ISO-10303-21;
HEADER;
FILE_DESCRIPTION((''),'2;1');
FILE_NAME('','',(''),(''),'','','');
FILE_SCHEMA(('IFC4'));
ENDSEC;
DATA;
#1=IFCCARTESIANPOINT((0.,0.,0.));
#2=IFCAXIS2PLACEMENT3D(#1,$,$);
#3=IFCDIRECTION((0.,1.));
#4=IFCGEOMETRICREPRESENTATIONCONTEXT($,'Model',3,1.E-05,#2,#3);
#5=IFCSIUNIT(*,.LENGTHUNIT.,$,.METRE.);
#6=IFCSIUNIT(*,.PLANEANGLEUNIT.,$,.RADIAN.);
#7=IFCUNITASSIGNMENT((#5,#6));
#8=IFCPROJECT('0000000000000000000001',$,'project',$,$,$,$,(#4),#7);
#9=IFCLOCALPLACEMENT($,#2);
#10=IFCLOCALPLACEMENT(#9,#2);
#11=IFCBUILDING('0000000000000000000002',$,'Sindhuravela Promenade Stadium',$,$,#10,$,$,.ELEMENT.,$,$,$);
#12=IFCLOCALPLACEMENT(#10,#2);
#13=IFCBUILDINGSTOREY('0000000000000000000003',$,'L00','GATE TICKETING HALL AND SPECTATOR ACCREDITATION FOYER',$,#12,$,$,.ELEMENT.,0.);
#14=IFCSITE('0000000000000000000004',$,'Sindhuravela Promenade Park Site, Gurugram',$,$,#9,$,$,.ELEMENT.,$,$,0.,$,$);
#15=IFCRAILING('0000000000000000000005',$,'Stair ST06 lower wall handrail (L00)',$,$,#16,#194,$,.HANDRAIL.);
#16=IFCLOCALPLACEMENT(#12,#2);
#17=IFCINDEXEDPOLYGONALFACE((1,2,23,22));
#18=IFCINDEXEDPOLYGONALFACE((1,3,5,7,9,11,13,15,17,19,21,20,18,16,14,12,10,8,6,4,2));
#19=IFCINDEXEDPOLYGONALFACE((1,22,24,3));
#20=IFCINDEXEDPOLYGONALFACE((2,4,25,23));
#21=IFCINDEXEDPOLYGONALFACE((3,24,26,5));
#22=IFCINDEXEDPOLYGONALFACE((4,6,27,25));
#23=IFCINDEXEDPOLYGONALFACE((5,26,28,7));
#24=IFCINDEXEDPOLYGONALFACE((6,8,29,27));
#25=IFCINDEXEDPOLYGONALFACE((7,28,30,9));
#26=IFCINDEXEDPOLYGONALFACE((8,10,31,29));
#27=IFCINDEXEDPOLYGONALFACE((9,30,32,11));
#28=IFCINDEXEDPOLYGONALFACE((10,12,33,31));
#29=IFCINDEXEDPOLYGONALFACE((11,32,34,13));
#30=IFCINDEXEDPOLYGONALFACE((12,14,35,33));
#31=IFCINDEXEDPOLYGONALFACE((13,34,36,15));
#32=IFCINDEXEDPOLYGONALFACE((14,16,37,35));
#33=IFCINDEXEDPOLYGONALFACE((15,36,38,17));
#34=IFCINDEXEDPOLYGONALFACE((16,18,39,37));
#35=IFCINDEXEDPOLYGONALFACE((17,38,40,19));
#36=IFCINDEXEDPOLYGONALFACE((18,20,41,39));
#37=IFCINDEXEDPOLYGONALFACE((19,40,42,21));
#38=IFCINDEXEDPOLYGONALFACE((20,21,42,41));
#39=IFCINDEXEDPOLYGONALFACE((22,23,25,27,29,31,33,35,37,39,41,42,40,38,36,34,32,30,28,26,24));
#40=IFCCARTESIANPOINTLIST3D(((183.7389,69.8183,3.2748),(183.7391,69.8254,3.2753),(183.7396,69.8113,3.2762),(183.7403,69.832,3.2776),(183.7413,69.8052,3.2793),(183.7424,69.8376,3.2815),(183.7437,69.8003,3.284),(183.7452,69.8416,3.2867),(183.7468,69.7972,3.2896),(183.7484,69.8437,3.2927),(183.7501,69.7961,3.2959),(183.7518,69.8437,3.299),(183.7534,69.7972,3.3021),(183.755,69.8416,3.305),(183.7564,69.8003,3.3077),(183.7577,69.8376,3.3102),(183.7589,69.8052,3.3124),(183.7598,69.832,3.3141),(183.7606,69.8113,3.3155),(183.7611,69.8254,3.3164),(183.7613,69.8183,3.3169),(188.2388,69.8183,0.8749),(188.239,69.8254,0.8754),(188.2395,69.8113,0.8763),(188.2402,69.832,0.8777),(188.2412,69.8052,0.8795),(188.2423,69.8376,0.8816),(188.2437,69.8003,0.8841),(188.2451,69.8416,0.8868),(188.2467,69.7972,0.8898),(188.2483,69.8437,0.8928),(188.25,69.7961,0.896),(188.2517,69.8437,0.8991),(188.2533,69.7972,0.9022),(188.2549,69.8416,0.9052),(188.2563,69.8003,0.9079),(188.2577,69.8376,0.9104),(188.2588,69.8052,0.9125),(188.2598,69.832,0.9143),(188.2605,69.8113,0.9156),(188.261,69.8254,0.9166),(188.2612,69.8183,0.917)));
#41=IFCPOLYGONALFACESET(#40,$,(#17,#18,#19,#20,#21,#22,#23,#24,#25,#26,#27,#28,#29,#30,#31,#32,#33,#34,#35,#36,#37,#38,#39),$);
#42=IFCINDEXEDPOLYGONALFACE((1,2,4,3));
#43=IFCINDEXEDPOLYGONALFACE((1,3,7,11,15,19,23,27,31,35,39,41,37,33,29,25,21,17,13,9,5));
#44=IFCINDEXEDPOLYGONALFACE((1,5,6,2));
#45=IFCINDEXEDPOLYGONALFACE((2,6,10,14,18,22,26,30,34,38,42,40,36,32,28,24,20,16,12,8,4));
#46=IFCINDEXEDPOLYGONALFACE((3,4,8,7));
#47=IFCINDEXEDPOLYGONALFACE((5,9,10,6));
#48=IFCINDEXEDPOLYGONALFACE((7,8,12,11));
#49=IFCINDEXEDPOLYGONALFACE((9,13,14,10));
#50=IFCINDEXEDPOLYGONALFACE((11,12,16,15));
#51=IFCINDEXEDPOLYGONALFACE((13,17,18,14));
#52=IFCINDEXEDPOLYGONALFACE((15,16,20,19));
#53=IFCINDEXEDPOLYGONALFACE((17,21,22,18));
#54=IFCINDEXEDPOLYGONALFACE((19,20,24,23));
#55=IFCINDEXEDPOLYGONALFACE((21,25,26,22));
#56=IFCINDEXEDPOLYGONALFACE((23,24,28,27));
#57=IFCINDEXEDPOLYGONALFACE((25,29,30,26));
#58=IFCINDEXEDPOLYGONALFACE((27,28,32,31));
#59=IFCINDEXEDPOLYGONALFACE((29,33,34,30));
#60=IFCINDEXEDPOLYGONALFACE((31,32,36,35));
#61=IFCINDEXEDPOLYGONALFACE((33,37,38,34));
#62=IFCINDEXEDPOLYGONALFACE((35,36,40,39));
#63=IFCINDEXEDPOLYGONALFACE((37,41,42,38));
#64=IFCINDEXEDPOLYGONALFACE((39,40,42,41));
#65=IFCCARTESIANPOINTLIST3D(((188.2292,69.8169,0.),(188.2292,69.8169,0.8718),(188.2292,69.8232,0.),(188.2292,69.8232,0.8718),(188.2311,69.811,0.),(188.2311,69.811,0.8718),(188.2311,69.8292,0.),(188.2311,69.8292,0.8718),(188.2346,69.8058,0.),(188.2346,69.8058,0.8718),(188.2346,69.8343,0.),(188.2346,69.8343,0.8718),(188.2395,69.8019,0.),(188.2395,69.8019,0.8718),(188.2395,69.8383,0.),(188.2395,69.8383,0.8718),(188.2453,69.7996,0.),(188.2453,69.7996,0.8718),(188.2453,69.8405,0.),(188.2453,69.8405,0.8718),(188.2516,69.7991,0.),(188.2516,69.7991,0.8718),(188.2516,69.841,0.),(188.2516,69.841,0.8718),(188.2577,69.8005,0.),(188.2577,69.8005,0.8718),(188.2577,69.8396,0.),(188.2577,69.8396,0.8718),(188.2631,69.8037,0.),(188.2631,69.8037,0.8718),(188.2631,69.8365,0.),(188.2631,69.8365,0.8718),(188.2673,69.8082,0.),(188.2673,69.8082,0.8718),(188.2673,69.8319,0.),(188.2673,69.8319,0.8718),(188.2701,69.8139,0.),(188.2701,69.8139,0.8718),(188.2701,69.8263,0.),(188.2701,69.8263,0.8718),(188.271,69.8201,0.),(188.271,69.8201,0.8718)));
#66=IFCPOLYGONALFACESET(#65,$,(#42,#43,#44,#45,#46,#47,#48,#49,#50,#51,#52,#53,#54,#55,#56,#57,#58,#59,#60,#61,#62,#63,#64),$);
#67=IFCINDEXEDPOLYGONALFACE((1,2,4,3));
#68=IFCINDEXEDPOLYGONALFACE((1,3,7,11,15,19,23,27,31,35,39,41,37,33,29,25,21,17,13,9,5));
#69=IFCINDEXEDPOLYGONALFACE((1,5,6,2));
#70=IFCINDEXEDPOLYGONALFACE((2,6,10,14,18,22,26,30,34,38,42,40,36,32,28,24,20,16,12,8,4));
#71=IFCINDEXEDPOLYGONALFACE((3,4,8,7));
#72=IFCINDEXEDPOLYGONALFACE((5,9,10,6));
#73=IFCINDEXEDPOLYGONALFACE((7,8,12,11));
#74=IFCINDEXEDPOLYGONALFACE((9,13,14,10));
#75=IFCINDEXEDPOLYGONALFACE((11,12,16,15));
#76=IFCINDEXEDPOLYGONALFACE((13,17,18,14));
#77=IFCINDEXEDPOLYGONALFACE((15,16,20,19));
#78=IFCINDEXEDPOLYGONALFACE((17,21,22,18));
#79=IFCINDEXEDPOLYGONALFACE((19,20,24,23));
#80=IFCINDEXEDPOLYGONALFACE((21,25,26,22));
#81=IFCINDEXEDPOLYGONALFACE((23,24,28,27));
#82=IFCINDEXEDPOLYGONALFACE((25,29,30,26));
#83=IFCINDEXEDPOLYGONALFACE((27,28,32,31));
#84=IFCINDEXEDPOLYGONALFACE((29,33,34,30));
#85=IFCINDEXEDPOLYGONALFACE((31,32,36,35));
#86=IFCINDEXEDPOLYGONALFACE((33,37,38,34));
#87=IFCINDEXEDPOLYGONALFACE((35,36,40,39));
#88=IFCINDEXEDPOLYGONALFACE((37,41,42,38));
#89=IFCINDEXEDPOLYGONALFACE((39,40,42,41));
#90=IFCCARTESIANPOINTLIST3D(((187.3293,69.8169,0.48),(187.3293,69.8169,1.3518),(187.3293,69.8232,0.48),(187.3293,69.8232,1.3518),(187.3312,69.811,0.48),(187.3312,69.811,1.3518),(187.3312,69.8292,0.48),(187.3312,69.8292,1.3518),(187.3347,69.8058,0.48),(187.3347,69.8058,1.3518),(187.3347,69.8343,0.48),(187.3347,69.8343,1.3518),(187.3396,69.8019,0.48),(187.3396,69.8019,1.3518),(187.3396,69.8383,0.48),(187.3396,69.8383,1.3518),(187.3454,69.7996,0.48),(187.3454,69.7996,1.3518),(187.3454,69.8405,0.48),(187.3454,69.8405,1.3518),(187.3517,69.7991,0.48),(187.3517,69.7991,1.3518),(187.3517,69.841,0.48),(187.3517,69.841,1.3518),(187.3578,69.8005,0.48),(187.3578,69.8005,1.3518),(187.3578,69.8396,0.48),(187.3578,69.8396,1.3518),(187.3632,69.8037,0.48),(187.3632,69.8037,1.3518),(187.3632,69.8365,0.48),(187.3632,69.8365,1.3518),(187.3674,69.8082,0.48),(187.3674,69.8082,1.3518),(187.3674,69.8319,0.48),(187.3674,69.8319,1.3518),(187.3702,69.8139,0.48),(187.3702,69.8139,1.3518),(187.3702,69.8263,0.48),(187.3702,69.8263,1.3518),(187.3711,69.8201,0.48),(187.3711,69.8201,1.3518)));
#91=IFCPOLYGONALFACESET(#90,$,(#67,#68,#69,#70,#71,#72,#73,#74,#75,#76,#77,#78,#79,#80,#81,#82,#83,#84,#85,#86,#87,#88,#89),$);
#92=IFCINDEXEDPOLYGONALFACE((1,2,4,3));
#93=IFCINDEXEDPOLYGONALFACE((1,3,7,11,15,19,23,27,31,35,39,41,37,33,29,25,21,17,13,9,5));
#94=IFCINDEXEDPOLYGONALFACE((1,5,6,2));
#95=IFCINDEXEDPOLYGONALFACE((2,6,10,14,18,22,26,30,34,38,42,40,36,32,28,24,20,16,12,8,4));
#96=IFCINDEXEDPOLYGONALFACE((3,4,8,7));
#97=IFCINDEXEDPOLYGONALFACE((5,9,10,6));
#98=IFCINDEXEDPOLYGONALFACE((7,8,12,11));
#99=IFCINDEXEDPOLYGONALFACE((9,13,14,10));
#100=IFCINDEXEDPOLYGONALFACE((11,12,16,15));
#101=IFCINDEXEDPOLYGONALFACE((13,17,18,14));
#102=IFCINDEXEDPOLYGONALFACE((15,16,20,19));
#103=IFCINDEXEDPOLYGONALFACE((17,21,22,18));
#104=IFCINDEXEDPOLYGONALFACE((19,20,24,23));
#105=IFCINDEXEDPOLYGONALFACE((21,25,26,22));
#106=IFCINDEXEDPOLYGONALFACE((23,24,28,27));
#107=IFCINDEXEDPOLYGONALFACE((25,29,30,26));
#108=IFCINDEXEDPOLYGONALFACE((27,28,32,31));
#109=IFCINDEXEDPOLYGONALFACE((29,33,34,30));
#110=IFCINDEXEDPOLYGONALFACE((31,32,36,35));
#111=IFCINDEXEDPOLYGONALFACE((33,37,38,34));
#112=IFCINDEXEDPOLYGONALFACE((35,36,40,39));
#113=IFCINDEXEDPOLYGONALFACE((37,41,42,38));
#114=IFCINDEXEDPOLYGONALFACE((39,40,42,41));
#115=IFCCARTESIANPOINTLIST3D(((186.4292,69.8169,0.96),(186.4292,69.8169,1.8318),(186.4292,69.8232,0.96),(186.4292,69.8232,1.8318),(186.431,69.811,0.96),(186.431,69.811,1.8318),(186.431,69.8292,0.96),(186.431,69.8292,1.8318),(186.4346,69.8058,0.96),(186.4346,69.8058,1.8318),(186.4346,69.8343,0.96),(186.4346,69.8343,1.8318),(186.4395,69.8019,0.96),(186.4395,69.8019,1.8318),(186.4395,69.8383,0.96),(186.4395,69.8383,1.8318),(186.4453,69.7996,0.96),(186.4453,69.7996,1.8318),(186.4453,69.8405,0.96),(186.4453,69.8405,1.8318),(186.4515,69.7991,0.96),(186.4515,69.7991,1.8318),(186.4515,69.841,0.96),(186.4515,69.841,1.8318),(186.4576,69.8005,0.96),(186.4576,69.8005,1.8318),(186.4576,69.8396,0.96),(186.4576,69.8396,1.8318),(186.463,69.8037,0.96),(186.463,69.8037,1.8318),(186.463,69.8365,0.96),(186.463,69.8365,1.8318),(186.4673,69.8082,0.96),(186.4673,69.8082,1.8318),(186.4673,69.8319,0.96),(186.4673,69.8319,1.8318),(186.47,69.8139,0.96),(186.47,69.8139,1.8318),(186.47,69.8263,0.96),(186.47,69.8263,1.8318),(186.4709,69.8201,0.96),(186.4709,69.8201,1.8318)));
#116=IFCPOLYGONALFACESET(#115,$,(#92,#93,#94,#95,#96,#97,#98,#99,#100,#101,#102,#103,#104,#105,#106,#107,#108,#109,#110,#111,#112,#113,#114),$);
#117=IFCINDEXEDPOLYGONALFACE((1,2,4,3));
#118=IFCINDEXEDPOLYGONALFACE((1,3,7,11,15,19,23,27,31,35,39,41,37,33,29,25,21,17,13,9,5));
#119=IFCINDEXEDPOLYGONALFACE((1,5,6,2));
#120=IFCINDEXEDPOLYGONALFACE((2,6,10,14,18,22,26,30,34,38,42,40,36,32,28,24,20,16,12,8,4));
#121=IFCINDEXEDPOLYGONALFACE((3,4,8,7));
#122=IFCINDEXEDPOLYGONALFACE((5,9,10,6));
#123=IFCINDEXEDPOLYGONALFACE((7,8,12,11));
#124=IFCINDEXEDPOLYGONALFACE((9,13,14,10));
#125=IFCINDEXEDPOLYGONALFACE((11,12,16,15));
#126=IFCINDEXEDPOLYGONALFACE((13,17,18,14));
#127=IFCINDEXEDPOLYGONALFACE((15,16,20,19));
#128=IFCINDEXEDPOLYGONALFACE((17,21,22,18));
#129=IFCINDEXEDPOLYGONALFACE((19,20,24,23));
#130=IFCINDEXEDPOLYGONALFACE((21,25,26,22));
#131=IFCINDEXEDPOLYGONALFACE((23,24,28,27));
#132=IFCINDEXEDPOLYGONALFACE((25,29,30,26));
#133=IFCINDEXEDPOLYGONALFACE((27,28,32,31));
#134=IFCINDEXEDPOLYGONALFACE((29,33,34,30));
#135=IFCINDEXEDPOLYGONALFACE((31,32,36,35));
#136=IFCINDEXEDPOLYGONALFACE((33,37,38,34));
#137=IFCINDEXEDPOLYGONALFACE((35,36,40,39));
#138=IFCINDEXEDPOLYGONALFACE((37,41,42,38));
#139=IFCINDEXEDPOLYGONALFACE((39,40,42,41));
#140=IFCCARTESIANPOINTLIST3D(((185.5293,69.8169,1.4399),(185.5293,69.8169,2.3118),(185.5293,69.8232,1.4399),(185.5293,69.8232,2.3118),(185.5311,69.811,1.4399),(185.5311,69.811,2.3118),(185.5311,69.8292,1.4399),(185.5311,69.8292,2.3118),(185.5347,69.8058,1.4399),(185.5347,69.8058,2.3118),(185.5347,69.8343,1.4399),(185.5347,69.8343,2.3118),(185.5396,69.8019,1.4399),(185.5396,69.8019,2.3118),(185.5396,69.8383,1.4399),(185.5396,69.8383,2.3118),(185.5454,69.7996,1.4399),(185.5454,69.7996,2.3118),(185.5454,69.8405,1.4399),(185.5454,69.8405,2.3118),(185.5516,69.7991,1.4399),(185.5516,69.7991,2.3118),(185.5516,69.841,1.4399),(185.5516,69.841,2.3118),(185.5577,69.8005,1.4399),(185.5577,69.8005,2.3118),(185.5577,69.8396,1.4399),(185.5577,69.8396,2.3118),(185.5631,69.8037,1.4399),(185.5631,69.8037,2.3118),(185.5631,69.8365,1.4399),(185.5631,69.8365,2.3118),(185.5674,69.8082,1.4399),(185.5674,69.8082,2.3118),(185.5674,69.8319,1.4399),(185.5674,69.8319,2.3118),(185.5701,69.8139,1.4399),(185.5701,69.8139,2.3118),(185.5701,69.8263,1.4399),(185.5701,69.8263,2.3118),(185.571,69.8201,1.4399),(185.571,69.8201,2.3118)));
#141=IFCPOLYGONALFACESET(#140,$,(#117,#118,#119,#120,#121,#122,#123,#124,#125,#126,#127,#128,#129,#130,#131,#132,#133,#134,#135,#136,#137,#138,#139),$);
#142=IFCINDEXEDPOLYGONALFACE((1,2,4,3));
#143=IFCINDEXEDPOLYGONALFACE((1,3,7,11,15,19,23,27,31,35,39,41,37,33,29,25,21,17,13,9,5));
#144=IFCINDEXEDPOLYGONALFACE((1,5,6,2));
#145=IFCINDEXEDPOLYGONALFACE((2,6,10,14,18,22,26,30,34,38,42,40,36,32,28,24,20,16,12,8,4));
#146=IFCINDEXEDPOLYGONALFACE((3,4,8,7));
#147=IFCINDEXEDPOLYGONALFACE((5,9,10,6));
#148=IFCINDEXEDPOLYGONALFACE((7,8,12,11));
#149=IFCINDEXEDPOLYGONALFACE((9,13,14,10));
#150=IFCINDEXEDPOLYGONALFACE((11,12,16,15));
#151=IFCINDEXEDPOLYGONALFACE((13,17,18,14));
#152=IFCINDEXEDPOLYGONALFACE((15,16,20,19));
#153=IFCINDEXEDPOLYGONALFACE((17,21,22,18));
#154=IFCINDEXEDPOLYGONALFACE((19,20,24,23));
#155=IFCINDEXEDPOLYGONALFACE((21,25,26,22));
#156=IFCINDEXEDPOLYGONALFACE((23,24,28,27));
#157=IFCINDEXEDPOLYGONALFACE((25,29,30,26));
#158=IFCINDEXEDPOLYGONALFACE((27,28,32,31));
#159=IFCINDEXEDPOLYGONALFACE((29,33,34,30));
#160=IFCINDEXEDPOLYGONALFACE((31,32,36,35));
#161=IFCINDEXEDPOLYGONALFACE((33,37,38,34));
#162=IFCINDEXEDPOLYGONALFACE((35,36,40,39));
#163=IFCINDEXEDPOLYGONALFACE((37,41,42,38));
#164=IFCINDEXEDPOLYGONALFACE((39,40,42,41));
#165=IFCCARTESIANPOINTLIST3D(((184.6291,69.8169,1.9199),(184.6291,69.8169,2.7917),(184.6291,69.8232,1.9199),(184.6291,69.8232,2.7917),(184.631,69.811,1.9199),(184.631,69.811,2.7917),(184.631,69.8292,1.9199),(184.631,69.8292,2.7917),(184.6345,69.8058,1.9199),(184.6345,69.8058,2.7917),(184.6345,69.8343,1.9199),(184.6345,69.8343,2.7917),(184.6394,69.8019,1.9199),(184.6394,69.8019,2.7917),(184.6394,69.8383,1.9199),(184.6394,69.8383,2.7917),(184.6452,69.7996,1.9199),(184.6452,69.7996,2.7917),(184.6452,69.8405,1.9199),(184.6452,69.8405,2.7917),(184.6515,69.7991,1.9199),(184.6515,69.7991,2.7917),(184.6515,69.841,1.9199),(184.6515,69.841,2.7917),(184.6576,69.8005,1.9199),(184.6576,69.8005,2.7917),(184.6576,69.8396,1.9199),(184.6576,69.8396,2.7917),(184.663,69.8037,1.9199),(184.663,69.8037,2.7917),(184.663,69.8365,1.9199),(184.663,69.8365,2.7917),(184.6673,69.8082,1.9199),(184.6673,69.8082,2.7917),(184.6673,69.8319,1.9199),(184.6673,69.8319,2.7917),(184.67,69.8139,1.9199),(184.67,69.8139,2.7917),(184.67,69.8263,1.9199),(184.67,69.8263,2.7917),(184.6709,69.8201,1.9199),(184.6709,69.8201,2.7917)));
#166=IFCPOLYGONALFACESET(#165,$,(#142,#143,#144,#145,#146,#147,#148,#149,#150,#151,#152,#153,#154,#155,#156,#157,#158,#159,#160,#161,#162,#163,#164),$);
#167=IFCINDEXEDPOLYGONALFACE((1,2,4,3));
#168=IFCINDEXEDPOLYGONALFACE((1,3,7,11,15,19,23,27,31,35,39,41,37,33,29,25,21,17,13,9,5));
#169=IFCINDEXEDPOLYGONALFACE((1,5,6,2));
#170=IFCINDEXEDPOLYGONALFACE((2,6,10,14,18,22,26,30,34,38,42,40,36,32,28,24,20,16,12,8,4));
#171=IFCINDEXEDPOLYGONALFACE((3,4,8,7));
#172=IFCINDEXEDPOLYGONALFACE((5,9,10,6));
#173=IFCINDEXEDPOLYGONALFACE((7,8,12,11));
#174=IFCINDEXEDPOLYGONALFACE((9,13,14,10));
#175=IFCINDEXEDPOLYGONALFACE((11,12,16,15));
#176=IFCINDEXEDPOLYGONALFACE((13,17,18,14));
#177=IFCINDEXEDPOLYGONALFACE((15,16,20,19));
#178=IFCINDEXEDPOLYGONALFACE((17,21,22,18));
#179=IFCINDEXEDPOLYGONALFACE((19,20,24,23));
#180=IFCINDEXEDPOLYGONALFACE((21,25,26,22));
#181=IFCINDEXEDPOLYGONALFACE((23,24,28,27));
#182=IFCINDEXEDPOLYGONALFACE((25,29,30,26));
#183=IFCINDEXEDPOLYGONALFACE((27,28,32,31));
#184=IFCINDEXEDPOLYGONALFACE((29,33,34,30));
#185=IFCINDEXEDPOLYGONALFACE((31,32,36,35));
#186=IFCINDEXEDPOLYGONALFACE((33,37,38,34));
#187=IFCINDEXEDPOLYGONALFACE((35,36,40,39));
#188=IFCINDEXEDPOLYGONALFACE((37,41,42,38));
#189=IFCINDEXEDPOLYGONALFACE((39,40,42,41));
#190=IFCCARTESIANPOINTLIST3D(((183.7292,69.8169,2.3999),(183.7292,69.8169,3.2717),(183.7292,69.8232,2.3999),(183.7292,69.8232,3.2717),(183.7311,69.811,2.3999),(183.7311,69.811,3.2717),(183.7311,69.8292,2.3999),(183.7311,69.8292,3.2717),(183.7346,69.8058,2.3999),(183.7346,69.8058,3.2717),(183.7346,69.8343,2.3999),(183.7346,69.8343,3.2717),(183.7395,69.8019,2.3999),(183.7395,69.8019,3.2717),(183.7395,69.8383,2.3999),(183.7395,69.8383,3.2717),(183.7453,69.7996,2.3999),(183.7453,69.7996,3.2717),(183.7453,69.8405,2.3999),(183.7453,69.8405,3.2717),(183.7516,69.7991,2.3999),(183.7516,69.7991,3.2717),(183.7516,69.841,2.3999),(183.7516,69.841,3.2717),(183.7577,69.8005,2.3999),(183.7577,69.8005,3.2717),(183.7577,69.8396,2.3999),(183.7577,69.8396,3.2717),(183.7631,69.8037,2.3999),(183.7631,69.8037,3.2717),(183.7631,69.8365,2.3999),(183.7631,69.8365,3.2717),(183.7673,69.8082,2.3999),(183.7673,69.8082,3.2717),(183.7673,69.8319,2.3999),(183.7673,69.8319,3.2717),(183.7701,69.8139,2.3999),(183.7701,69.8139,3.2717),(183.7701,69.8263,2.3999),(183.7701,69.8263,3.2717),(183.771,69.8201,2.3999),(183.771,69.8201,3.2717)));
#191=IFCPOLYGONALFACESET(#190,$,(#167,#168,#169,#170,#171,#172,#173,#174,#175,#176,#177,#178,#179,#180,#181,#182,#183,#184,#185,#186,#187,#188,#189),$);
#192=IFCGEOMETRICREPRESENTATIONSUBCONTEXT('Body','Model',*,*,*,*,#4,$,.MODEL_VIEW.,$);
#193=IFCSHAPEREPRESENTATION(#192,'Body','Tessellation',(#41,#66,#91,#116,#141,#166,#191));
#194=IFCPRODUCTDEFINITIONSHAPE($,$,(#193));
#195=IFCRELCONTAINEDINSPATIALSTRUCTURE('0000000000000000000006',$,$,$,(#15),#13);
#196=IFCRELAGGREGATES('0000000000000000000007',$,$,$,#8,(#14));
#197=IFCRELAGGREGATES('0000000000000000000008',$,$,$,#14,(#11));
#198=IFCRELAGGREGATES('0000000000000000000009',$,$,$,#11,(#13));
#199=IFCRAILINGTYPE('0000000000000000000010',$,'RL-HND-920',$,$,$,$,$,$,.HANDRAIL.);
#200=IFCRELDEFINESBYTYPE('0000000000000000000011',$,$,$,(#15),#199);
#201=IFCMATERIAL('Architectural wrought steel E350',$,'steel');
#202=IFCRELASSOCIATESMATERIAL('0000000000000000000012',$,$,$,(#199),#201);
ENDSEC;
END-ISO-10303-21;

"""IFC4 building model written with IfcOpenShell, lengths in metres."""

from ifc_helpers import new_model, si_unit, direction, frame, origin, origin_2d, place, context, subcontext, project, spatial, circle, extrude, material, type_object, element, save


model = new_model("IFC4")

# Units and contexts
model_context = context("Model", 3, precision=1e-05, world=origin(), true_north=direction((0.0, 1.0)))
body_context = subcontext(model_context, "Body", "Model", "MODEL_VIEW")
ifc_project = project(units=[si_unit("LENGTHUNIT", "METRE"), si_unit("PLANEANGLEUNIT", "RADIAN")], contexts=[model_context])

# Site, building, storey
site_placement = place(None, origin())
site = spatial("IfcSite", under=ifc_project, at=site_placement, Name="Sindhuravela Promenade Park Site, Gurugram", CompositionType="ELEMENT", RefElevation=0.0)
building_placement = place(site_placement, origin())
building = spatial("IfcBuilding", under=site, at=building_placement, Name="Sindhuravela Promenade Stadium", CompositionType="ELEMENT")
storey_placement = place(building_placement, origin())
storey = spatial("IfcBuildingStorey", under=building, at=storey_placement, Name="L00", Description="GATE TICKETING HALL AND SPECTATOR ACCREDITATION FOYER", CompositionType="ELEMENT", Elevation=0.0)

# Railing
ifc_material_1 = material(Name="Architectural wrought steel E350", Category="steel")
railing_type_1 = type_object("IfcRailingType", Name="RL-HND-920", PredefinedType="HANDRAIL", material=ifc_material_1)
railing_1_placement = place(storey_placement, frame((188.25, 69.8201, 0.0)))
element("IfcRailing", 1, at=railing_1_placement, inside=storey, type_object=railing_type_1, Name="Stair ST06 lower wall handrail (L00)", PredefinedType="HANDRAIL", context=body_context, shape_type="SweptSolid", body=[
    extrude(circle(Radius=0.0239, at=origin_2d()), frame((0.0, 0.0, 0.896), z_axis=(-0.882361, 0.0, 0.470573), x_axis=(0.0, -1.0, 0.0)), (0.0, 0.0, 1.0), 5.0999),
    extrude(circle(Radius=0.021, at=origin_2d()), origin(), (0.0, 0.0, 1.0), 0.8718),
    extrude(circle(Radius=0.021, at=origin_2d()), frame((-0.8999, 0.0, 0.48)), (0.0, 0.0, 1.0), 0.8718),
    extrude(circle(Radius=0.021, at=origin_2d()), frame((-1.8, 0.0, 0.96)), (0.0, 0.0, 1.0), 0.8718),
    extrude(circle(Radius=0.021, at=origin_2d()), frame((-2.7, 0.0, 1.4399)), (0.0, 0.0, 1.0), 0.8718),
    extrude(circle(Radius=0.021, at=origin_2d()), frame((-3.6001, 0.0, 1.9199)), (0.0, 0.0, 1.0), 0.8718),
    extrude(circle(Radius=0.021, at=origin_2d()), frame((-4.5, 0.0, 2.3999)), (0.0, 0.0, 1.0), 0.8718),
])

save(model, "model.ifc")
